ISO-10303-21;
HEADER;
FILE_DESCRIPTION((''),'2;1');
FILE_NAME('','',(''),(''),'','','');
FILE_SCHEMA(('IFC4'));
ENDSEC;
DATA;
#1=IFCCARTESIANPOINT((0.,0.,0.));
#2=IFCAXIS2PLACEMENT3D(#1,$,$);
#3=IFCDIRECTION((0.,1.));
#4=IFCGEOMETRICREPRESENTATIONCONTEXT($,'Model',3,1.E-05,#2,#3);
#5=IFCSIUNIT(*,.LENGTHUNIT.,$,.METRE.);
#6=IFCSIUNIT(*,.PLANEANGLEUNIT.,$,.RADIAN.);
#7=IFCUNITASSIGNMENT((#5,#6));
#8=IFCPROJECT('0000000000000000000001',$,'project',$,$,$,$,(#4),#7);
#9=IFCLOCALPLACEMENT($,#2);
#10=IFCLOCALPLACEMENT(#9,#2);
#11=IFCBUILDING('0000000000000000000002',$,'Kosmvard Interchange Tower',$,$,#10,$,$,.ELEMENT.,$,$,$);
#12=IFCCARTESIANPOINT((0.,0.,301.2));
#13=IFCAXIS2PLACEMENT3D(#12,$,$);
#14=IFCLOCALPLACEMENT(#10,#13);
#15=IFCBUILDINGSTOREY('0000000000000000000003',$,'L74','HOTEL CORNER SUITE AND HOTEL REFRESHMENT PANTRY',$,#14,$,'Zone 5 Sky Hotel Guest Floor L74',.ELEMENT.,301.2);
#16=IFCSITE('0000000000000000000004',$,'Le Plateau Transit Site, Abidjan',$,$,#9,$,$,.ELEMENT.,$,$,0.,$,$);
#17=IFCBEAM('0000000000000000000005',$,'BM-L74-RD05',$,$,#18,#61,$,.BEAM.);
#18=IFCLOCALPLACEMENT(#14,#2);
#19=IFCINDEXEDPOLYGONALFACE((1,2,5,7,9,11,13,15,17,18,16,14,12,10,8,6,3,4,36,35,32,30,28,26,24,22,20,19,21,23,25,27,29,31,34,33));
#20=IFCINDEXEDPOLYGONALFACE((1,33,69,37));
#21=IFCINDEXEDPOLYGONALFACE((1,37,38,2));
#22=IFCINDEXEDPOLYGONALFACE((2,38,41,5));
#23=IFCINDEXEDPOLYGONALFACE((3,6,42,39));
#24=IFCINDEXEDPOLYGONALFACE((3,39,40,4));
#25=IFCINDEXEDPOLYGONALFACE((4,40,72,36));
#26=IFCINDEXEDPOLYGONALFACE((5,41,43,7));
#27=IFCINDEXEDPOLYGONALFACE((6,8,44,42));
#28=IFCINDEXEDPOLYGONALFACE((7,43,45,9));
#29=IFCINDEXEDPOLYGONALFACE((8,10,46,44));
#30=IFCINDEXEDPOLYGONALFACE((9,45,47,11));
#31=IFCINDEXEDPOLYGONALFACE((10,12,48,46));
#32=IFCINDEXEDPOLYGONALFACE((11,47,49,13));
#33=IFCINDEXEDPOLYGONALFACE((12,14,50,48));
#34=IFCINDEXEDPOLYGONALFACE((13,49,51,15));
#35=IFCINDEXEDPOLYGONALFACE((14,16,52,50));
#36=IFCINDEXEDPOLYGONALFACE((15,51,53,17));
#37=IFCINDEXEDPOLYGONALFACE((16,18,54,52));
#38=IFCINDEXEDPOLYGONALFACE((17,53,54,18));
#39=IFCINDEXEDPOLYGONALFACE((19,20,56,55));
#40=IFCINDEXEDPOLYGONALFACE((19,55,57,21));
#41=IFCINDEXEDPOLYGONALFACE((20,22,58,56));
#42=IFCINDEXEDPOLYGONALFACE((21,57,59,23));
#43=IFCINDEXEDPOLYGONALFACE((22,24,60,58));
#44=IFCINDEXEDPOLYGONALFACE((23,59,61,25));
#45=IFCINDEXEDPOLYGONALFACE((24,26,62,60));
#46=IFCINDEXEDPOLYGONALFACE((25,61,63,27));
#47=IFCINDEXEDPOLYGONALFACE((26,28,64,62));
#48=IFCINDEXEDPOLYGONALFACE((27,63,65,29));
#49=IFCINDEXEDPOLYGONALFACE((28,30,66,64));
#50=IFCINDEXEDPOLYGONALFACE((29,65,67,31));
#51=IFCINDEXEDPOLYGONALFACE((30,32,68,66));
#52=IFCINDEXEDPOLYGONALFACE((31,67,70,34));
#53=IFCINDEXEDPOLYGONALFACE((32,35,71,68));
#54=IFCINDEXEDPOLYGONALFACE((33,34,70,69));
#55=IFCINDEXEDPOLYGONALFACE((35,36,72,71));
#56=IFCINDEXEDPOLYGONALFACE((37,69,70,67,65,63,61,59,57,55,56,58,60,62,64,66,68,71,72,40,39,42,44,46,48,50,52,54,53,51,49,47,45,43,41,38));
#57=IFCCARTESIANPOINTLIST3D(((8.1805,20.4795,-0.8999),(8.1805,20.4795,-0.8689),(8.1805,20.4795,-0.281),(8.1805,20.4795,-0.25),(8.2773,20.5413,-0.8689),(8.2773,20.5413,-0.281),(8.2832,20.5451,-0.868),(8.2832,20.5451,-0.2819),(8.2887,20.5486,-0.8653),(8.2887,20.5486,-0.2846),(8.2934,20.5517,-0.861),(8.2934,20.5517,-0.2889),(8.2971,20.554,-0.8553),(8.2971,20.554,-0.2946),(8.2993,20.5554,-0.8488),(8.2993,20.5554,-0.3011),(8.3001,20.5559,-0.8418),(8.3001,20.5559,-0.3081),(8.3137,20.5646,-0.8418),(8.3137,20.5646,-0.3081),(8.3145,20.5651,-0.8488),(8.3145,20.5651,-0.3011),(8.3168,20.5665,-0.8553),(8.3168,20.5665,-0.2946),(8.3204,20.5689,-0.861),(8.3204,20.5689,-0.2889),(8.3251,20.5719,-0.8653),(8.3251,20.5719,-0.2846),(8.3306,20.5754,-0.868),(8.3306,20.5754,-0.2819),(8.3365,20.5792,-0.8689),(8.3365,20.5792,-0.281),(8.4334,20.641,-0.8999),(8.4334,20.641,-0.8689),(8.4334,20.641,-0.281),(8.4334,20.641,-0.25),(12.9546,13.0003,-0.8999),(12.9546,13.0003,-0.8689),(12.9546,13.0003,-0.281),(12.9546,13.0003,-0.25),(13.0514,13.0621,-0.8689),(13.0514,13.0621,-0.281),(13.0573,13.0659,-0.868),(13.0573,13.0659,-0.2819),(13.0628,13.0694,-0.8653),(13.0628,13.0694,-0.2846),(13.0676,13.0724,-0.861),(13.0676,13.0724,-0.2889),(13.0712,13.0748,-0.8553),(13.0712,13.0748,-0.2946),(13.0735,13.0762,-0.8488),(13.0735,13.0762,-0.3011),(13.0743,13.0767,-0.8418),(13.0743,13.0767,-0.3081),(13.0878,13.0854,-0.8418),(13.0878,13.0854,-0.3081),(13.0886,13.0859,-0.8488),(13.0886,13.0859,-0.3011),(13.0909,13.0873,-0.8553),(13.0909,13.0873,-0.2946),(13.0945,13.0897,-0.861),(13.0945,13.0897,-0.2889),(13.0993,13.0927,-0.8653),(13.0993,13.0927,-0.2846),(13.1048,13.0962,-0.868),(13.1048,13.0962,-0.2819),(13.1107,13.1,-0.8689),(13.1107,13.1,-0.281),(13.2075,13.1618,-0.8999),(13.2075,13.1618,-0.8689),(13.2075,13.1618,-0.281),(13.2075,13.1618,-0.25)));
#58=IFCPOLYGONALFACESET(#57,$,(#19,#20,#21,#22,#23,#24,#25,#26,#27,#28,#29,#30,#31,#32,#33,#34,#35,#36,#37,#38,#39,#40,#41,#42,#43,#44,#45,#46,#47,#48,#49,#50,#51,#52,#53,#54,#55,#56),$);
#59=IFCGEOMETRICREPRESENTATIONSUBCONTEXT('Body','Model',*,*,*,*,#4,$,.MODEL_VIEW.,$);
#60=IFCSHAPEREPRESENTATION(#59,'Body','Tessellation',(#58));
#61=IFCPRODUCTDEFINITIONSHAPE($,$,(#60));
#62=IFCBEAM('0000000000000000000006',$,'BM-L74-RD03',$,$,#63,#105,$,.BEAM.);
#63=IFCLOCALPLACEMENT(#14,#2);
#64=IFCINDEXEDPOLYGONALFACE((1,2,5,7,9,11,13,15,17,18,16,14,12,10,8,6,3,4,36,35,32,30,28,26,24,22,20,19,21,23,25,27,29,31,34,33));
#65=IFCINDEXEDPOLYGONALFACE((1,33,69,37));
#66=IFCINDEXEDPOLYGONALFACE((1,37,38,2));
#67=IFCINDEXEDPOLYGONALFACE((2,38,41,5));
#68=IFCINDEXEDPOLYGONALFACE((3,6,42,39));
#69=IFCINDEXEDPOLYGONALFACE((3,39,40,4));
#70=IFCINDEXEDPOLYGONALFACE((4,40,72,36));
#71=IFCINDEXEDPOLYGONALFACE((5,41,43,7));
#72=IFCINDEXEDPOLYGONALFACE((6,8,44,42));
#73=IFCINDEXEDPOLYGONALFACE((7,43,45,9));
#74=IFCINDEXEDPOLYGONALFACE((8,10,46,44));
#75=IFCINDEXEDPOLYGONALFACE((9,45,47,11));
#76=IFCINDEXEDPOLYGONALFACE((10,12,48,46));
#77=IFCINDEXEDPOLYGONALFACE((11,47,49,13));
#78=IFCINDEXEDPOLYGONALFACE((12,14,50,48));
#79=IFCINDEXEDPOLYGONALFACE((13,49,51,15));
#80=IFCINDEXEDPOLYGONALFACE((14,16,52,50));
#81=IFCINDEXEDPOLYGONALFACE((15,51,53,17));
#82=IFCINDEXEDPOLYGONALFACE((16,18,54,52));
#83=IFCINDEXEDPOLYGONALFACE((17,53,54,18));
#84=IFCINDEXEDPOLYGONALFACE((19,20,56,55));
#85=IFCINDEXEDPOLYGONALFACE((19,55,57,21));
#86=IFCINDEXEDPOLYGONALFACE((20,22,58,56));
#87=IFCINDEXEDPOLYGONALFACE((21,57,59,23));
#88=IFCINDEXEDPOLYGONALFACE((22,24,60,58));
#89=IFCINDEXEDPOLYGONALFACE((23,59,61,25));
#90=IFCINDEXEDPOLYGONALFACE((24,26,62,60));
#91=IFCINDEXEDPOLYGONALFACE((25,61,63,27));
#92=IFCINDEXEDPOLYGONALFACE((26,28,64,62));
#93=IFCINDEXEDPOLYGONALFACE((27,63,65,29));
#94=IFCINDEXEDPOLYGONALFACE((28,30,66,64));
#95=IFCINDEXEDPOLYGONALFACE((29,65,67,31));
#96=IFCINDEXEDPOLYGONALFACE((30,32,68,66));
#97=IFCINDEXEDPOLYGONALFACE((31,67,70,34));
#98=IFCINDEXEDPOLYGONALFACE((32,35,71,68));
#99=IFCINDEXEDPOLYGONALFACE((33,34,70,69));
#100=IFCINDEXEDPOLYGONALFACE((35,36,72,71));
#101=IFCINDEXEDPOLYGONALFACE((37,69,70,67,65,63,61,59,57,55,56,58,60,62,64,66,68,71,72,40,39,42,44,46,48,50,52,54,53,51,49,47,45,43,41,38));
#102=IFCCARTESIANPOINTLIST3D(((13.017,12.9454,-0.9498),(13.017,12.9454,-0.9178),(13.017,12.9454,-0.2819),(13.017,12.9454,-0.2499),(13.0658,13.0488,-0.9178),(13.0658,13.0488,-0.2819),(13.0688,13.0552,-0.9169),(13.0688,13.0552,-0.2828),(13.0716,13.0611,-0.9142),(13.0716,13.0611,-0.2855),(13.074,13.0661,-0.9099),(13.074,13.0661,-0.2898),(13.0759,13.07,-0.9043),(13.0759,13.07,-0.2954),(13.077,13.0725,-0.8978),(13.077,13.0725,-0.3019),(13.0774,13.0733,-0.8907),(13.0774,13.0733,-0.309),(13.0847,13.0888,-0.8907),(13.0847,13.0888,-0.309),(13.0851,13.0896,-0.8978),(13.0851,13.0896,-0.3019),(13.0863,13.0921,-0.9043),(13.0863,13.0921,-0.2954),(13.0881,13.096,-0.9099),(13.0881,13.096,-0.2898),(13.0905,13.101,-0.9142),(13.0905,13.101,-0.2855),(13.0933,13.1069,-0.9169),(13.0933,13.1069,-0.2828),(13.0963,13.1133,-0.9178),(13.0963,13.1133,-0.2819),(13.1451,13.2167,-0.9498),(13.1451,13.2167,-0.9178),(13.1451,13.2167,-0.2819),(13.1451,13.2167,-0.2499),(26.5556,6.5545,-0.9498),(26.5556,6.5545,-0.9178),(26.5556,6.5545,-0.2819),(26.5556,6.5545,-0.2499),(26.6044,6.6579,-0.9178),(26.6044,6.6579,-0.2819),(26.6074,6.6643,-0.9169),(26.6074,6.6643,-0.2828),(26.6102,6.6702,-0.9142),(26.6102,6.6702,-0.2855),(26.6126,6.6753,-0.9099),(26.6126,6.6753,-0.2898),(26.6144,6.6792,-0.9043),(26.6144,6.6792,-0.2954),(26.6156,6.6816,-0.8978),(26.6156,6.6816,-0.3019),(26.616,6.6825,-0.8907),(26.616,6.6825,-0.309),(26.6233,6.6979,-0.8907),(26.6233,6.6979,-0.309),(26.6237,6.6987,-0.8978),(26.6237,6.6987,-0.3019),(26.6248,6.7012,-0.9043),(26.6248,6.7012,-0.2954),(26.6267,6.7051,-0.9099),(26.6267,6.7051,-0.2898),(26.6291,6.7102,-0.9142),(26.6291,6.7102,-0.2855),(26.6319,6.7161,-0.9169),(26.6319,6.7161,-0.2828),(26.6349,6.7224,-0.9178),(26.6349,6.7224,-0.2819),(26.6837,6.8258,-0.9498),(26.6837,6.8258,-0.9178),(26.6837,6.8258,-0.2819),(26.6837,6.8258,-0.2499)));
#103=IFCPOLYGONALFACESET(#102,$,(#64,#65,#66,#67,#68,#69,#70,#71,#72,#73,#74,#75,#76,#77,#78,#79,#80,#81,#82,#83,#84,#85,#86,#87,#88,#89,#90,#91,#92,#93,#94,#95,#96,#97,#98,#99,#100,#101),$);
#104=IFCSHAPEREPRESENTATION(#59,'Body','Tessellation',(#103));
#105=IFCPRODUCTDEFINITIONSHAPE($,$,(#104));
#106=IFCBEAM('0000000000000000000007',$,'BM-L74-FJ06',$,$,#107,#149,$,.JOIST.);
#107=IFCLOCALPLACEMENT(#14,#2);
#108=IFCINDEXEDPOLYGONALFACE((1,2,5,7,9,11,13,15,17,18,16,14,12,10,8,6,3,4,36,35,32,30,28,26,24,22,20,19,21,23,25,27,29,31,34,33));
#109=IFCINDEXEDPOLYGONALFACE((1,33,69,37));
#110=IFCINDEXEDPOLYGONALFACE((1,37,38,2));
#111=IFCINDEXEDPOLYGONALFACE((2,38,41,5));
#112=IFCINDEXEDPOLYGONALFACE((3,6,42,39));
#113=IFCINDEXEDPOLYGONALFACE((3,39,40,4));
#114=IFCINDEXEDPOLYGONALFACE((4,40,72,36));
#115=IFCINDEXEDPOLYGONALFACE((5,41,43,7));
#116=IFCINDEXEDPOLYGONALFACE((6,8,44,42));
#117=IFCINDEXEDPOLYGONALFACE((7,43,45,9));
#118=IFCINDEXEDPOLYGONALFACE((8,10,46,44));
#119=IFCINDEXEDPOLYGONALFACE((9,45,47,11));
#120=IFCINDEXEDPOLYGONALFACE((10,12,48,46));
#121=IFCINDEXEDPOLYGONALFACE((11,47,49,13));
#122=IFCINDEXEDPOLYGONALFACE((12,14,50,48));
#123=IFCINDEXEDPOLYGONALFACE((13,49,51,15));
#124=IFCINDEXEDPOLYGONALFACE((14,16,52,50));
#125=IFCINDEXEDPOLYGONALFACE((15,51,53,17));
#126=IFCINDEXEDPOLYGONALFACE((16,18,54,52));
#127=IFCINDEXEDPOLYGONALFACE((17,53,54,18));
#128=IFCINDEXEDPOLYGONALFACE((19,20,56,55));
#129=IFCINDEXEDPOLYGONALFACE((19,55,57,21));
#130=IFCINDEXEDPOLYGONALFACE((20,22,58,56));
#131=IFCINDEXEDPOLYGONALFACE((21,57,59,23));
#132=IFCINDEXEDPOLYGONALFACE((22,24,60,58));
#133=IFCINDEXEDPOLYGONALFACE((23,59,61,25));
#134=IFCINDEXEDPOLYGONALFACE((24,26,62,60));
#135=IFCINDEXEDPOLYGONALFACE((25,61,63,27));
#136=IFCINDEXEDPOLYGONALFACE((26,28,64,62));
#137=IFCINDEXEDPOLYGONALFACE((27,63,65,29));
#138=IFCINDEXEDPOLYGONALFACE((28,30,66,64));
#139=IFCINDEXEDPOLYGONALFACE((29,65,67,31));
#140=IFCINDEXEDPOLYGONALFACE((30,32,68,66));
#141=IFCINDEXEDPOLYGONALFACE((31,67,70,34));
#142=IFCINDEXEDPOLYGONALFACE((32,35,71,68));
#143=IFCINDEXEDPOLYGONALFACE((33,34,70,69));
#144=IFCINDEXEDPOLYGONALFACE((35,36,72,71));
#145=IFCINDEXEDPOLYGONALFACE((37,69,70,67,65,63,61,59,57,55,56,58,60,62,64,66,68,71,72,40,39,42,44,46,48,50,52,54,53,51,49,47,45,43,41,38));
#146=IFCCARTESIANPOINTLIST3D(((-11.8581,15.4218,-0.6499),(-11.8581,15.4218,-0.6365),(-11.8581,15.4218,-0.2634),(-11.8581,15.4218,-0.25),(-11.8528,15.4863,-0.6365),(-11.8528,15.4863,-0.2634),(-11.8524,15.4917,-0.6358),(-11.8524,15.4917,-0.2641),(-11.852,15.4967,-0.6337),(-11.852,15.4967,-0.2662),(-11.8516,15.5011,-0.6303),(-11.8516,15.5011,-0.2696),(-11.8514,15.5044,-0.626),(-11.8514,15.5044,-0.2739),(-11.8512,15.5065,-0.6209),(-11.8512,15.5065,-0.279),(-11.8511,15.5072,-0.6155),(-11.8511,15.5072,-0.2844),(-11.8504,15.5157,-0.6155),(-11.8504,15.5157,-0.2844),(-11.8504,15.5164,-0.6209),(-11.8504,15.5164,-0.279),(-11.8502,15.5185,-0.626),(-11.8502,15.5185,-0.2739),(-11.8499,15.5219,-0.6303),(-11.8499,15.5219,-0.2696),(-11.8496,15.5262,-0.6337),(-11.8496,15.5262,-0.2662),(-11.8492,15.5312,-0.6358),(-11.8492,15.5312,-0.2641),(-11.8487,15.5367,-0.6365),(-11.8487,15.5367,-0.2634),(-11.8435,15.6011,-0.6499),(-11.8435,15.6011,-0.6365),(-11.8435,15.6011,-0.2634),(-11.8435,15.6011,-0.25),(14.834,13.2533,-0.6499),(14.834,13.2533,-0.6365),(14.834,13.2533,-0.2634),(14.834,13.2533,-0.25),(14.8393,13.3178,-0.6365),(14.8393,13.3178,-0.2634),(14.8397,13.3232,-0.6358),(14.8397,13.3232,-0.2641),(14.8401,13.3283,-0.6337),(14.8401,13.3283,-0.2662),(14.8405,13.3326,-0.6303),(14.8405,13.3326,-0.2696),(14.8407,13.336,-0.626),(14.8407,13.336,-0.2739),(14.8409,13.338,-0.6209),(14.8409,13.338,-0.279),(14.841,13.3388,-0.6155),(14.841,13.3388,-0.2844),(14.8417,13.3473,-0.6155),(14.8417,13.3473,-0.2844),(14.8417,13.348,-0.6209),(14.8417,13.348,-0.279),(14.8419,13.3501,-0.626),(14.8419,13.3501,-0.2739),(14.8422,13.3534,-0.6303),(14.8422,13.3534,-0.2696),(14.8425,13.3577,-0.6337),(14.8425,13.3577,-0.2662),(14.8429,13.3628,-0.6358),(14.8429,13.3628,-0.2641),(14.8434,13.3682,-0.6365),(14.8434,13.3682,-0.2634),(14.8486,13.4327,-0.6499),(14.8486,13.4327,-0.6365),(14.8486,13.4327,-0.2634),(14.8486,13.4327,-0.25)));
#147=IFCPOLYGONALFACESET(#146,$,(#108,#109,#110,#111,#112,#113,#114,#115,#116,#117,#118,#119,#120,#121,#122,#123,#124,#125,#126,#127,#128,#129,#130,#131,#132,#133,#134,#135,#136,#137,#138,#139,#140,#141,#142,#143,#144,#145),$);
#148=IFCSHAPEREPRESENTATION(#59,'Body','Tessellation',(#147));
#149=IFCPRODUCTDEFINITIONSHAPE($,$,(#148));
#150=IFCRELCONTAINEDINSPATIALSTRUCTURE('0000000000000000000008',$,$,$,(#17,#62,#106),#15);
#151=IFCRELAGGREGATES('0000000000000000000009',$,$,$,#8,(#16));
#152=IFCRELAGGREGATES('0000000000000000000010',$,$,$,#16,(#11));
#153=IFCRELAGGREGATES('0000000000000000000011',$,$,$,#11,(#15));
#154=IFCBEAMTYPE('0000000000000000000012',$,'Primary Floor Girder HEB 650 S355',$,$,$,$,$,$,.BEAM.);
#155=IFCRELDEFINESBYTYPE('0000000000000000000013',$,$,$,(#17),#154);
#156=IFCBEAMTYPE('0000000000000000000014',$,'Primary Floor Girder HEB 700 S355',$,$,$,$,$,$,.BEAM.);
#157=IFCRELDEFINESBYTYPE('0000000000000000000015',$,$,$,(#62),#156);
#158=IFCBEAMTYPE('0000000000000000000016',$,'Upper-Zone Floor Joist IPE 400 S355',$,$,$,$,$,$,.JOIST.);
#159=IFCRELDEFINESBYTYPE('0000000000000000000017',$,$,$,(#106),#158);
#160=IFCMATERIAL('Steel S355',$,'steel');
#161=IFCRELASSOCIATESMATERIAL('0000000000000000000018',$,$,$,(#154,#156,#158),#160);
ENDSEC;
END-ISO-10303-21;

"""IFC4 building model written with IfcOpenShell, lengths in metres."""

from ifc_helpers import new_model, si_unit, direction, frame, origin, origin_2d, place, context, subcontext, project, spatial, i_section, extrude, source, transform, mapped, material, material_profile, profile_set, type_object, element, save


model = new_model("IFC4")

# Units and contexts
model_context = context("Model", 3, precision=1e-05, world=origin(), true_north=direction((0.0, 1.0)))
body_context = subcontext(model_context, "Body", "Model", "MODEL_VIEW")
ifc_project = project(units=[si_unit("LENGTHUNIT", "METRE"), si_unit("PLANEANGLEUNIT", "RADIAN")], contexts=[model_context])

# Site, building, storey
site_placement = place(None, origin())
site = spatial("IfcSite", under=ifc_project, at=site_placement, Name="Le Plateau Transit Site, Abidjan", CompositionType="ELEMENT", RefElevation=0.0)
building_placement = place(site_placement, origin())
building = spatial("IfcBuilding", under=site, at=building_placement, Name="Kosmvard Interchange Tower", CompositionType="ELEMENT")
storey_placement = place(building_placement, frame((0.0, 0.0, 301.2)))
storey = spatial("IfcBuildingStorey", under=building, at=storey_placement, Name="L74", Description="HOTEL CORNER SUITE AND HOTEL REFRESHMENT PANTRY", LongName="Zone 5 Sky Hotel Guest Floor L74", CompositionType="ELEMENT", Elevation=301.2)

# Beams
ifc_material_1 = material(Name="Steel S355", Category="steel")
ifc_material_profile_1 = material_profile(ifc_material_1, i_section(OverallWidth=0.3, OverallDepth=0.6499, WebThickness=0.0161, FlangeThickness=0.031, FilletRadius=0.0271, at=origin_2d()), Name="HEB 650")
ifc_profile_set_1 = profile_set([ifc_material_profile_1], Name="Steel S355")
beam_type_1 = type_object("IfcBeamType", Name="Primary Floor Girder HEB 650 S355", PredefinedType="BEAM", material=ifc_profile_set_1)
shared_shape_1 = source(origin(), body_context, "Body", "SweptSolid", [
    extrude(i_section(OverallWidth=0.3, OverallDepth=0.6499, WebThickness=0.0161, FlangeThickness=0.031, FilletRadius=0.0271, at=origin_2d()), origin(), (0.0, 0.0, 1.0), 8.873),
])
beam_1_placement = place(storey_placement, frame((13.0811, 13.0811, -0.575), z_axis=(-0.53805, 0.842913, 0.0), x_axis=(-0.842913, -0.53805, 0.0)))
element("IfcBeam", 1, at=beam_1_placement, inside=storey, type_object=beam_type_1, Name="BM-L74-RD05", PredefinedType="BEAM", context=body_context, shape_type="MappedRepresentation", body=[
    mapped(shared_shape_1, transform((0.0, 0.0, 0.0), scale=1.0)),
])
ifc_material_profile_2 = material_profile(ifc_material_1, i_section(OverallWidth=0.3, OverallDepth=0.7, WebThickness=0.0171, FlangeThickness=0.032, FilletRadius=0.0271, at=origin_2d()), Name="HEB 700")
ifc_profile_set_2 = profile_set([ifc_material_profile_2], Name="Steel S355")
beam_type_2 = type_object("IfcBeamType", Name="Primary Floor Girder HEB 700 S355", PredefinedType="BEAM", material=ifc_profile_set_2)
shared_shape_2 = source(origin(), body_context, "Body", "SweptSolid", [
    extrude(i_section(OverallWidth=0.3, OverallDepth=0.7, WebThickness=0.0171, FlangeThickness=0.032, FilletRadius=0.0271, at=origin_2d()), origin(), (0.0, 0.0, 1.0), 14.9712),
])
beam_2_placement = place(storey_placement, frame((13.0811, 13.0811, -0.5999), z_axis=(0.904309, -0.426878, 0.0), x_axis=(0.426878, 0.904309, 0.0)))
element("IfcBeam", 2, at=beam_2_placement, inside=storey, type_object=beam_type_2, Name="BM-L74-RD03", PredefinedType="BEAM", context=body_context, shape_type="MappedRepresentation", body=[
    mapped(shared_shape_2, transform((0.0, 0.0, 0.0), scale=1.0)),
])
ifc_material_profile_3 = material_profile(ifc_material_1, i_section(OverallWidth=0.1799, OverallDepth=0.3999, WebThickness=0.0085, FlangeThickness=0.0134, FilletRadius=0.021, at=origin_2d()), Name="IPE 400")
ifc_profile_set_3 = profile_set([ifc_material_profile_3], Name="Steel S355")
beam_type_3 = type_object("IfcBeamType", Name="Upper-Zone Floor Joist IPE 400 S355", PredefinedType="JOIST", material=ifc_profile_set_3)
shared_shape_3 = source(origin(), body_context, "Body", "SweptSolid", [
    extrude(i_section(OverallWidth=0.1799, OverallDepth=0.3999, WebThickness=0.0085, FlangeThickness=0.0134, FilletRadius=0.021, at=origin_2d()), origin(), (0.0, 0.0, 1.0), 26.78),
])
beam_3_placement = place(storey_placement, frame((14.8413, 13.343, -0.45), z_axis=(-0.996716, 0.080973, 0.0), x_axis=(-0.080973, -0.996716, 0.0)))
element("IfcBeam", 3, at=beam_3_placement, inside=storey, type_object=beam_type_3, Name="BM-L74-FJ06", PredefinedType="JOIST", context=body_context, shape_type="MappedRepresentation", body=[
    mapped(shared_shape_3, transform((0.0, 0.0, 0.0), scale=1.0)),
])

save(model, "model.ifc")
